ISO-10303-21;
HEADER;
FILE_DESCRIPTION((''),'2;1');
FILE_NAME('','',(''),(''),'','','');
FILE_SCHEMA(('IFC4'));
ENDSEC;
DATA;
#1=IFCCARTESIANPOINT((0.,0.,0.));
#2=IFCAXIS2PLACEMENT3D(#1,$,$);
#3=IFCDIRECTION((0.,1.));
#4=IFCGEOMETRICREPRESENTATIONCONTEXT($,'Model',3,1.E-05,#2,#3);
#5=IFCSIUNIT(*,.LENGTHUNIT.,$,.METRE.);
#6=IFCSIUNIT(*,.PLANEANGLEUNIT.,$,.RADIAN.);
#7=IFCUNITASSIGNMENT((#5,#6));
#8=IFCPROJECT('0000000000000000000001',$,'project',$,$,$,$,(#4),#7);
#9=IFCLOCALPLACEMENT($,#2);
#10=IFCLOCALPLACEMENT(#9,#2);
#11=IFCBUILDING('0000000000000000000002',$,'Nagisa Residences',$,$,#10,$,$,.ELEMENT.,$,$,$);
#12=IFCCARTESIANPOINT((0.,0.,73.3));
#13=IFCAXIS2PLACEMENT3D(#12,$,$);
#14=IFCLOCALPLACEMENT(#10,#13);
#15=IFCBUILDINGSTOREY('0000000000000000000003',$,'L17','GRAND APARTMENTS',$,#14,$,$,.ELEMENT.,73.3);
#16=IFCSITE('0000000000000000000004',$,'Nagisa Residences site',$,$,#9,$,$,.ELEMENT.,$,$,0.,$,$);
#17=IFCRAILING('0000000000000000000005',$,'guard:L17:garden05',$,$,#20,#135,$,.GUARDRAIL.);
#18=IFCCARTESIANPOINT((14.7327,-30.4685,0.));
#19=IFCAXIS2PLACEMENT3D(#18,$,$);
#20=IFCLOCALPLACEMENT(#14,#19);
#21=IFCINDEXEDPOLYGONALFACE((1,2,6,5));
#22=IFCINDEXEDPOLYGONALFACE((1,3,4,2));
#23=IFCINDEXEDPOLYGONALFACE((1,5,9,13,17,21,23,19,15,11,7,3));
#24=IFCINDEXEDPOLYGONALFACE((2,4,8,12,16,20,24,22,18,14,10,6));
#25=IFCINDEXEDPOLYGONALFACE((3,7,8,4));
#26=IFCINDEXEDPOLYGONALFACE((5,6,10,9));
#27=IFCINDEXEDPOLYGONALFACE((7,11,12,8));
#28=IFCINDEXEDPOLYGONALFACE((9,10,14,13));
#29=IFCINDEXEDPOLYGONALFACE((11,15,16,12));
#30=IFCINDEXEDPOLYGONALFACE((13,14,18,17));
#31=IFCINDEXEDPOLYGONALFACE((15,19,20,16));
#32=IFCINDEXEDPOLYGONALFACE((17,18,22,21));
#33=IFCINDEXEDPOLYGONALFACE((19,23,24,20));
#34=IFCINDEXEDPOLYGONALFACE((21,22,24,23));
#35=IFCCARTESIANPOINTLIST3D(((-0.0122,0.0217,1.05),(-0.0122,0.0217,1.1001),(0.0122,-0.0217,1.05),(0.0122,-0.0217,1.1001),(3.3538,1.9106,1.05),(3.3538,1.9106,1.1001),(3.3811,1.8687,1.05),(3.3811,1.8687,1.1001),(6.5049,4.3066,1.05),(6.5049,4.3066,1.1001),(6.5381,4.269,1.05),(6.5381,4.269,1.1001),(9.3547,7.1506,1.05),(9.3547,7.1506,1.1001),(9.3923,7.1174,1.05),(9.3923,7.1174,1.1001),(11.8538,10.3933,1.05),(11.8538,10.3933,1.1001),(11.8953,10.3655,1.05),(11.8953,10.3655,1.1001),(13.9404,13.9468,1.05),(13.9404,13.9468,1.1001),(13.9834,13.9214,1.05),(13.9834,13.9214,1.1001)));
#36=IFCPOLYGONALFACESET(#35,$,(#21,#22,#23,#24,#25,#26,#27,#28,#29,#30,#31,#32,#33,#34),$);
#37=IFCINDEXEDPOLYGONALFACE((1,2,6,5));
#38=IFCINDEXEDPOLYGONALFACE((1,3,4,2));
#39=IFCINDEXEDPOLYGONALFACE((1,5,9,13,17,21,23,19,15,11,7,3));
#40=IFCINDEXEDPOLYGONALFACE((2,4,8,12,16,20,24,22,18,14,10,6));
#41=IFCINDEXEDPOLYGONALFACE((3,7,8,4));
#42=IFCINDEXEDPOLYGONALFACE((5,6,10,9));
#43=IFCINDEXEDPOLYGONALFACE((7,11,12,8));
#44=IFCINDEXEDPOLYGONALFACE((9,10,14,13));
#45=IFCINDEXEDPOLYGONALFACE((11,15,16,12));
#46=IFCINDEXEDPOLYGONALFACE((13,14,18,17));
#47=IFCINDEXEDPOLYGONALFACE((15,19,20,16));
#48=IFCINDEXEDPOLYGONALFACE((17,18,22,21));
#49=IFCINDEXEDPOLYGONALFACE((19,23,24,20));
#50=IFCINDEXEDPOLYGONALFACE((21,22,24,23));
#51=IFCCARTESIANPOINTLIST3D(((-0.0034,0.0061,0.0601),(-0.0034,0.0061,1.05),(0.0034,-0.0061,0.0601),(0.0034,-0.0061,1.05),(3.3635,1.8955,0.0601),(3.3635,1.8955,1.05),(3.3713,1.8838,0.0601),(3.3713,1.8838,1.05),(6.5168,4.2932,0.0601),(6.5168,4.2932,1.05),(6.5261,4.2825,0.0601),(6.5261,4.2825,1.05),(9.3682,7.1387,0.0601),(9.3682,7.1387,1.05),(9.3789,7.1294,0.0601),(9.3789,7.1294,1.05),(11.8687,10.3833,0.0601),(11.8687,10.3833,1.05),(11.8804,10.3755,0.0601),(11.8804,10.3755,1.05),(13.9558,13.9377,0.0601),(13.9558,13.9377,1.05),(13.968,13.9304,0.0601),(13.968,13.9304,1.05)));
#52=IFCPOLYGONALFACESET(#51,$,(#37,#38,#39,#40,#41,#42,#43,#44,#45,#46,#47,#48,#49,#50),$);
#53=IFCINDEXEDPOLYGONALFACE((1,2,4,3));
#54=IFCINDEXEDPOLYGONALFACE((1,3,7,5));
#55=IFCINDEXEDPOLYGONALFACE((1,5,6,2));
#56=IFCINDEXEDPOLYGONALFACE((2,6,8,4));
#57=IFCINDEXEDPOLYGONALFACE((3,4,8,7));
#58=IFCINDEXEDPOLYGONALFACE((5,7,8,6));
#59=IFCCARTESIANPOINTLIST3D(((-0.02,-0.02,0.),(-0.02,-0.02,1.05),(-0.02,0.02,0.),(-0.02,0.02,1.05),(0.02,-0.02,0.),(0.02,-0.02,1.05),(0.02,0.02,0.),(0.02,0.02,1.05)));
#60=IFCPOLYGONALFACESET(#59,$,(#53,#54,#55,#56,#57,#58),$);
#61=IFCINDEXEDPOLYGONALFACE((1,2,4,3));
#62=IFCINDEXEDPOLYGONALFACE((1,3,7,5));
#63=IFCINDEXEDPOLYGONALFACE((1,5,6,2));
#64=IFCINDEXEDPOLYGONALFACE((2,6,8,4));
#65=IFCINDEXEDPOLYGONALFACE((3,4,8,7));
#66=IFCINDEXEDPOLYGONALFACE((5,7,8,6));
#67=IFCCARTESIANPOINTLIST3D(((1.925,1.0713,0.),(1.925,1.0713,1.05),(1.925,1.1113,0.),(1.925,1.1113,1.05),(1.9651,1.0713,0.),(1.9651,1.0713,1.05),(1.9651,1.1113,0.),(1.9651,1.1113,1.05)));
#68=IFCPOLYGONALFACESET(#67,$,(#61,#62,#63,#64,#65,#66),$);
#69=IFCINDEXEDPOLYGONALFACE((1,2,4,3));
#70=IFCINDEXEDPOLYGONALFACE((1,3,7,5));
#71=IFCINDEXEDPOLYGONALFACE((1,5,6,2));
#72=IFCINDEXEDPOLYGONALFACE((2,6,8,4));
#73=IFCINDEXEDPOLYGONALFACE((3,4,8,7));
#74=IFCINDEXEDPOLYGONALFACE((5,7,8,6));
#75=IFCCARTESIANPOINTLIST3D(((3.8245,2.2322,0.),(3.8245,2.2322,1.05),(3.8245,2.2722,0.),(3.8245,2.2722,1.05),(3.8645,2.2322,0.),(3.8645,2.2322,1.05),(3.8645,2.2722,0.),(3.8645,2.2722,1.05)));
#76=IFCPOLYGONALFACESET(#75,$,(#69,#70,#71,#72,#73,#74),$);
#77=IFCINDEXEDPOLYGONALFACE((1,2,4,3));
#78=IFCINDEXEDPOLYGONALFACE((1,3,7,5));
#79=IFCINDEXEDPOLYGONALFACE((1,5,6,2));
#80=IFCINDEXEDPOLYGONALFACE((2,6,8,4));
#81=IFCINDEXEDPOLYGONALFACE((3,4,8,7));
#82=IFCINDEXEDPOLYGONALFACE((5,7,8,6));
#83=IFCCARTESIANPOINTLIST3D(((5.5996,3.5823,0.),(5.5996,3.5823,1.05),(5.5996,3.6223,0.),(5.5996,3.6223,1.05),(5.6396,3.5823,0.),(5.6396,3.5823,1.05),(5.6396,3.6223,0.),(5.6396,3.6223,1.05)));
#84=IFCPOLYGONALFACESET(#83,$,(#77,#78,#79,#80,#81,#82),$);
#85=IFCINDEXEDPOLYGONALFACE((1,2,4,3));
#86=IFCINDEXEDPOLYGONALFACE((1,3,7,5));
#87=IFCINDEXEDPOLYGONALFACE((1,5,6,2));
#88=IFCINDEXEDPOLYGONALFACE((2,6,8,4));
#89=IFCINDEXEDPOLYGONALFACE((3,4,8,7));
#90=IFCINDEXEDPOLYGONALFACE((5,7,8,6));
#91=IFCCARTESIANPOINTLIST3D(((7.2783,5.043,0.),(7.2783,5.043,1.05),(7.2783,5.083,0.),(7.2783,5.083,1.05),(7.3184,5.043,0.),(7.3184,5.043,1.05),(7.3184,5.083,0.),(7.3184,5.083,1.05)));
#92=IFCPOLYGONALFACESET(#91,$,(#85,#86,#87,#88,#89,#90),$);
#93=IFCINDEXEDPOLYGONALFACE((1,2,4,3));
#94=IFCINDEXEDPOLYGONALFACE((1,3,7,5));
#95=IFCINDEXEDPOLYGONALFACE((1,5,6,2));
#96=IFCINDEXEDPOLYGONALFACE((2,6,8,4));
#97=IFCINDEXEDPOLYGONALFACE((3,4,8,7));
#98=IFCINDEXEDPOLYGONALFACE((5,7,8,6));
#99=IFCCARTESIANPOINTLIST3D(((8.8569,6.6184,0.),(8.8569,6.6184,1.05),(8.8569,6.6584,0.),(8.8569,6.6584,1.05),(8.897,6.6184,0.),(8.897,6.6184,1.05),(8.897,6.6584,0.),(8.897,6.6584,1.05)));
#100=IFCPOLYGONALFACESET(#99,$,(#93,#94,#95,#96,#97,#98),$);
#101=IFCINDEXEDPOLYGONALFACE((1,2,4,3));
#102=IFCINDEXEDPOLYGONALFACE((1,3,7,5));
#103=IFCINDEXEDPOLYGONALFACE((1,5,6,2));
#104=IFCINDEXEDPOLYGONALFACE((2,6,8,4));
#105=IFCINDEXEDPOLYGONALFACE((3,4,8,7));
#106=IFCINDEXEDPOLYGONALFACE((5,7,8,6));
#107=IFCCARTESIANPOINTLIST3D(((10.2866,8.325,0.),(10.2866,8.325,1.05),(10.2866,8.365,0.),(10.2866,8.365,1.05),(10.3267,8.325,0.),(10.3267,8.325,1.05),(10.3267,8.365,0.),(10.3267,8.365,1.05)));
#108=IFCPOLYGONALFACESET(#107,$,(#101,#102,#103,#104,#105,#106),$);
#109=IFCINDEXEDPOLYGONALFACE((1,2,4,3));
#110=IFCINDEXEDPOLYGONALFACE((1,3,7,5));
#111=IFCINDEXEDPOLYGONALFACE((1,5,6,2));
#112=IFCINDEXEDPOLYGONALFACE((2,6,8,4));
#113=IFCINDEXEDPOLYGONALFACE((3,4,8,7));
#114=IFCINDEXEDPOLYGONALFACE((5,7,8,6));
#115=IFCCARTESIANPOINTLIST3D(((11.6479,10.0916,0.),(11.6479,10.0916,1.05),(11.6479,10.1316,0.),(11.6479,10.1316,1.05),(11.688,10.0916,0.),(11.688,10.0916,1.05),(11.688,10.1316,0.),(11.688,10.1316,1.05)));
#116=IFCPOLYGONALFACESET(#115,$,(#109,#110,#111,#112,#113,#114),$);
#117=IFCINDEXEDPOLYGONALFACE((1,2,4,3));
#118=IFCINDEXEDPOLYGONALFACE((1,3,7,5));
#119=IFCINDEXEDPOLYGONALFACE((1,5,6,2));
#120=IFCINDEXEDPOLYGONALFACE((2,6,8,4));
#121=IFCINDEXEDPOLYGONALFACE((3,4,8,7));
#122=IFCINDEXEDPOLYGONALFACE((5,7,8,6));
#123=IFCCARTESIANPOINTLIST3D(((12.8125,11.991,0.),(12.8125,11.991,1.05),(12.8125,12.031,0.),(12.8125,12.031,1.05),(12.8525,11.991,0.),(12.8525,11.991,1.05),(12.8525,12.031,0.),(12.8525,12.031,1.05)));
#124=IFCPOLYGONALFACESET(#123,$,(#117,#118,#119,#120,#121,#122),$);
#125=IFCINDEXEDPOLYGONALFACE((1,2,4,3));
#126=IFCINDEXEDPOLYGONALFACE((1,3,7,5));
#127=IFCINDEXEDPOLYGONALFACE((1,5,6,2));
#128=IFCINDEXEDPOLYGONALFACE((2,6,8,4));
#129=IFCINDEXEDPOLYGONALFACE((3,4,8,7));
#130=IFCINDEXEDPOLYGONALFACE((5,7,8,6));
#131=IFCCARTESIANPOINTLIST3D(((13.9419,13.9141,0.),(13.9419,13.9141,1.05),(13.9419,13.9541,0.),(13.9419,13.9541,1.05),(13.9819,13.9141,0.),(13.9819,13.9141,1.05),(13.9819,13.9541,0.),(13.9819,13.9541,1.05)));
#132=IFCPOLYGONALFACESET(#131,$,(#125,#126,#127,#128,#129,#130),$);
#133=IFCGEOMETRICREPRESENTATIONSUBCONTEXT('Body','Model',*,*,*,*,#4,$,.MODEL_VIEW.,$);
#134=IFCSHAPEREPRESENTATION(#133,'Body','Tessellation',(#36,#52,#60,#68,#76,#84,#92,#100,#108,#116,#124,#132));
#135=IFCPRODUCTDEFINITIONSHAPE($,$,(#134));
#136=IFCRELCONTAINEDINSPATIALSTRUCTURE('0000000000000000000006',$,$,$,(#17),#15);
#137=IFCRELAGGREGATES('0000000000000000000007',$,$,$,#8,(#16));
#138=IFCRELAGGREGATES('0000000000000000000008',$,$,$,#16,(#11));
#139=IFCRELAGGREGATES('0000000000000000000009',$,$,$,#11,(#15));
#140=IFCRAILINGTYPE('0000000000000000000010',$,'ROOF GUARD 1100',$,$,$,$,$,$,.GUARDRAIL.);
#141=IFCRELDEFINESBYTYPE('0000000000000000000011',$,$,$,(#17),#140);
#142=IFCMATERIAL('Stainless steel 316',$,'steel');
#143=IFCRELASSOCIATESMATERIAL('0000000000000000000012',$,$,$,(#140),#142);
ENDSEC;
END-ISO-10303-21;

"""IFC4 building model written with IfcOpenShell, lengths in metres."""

from ifc_helpers import new_model, si_unit, direction, frame, origin, origin_2d, place, context, subcontext, project, spatial, polyline, rectangle, outline, extrude, material, type_object, element, save


model = new_model("IFC4")

# Units and contexts
model_context = context("Model", 3, precision=1e-05, world=origin(), true_north=direction((0.0, 1.0)))
body_context = subcontext(model_context, "Body", "Model", "MODEL_VIEW")
ifc_project = project(units=[si_unit("LENGTHUNIT", "METRE"), si_unit("PLANEANGLEUNIT", "RADIAN")], contexts=[model_context])

# Site, building, storey
site_placement = place(None, origin())
site = spatial("IfcSite", under=ifc_project, at=site_placement, Name="Nagisa Residences site", CompositionType="ELEMENT", RefElevation=0.0)
building_placement = place(site_placement, origin())
building = spatial("IfcBuilding", under=site, at=building_placement, Name="Nagisa Residences", CompositionType="ELEMENT")
storey_placement = place(building_placement, frame((0.0, 0.0, 73.3)))
storey = spatial("IfcBuildingStorey", under=building, at=storey_placement, Name="L17", Description="GRAND APARTMENTS", CompositionType="ELEMENT", Elevation=73.3)

# Railing
ifc_material_1 = material(Name="Stainless steel 316", Category="steel")
railing_type = type_object("IfcRailingType", Name="ROOF GUARD 1100", PredefinedType="GUARDRAIL", material=ifc_material_1)
railing_1_placement = place(storey_placement, frame((14.7327, -30.4685, 0.0)))
element("IfcRailing", 1, at=railing_1_placement, inside=storey, type_object=railing_type, Name="guard:L17:garden05", PredefinedType="GUARDRAIL", context=body_context, shape_type="SweptSolid", body=[
    extrude(outline(polyline([(3.3538, 1.9106), (-0.0122, 0.0217), (0.0122, -0.0217), (3.3811, 1.8687), (6.5381, 4.269), (9.3923, 7.1174), (11.8953, 10.3655), (13.9834, 13.9214), (13.9404, 13.9468), (11.8538, 10.3933), (9.3547, 7.1506), (6.5049, 4.3066), (3.3538, 1.9106)])), frame((0.0, 0.0, 1.05)), (0.0, 0.0, 1.0), 0.05),
    extrude(outline(polyline([(3.3635, 1.8955), (-0.0034, 0.0061), (0.0034, -0.0061), (3.3713, 1.8838), (6.5261, 4.2825), (9.3789, 7.1294), (11.8804, 10.3755), (13.968, 13.9304), (13.9558, 13.9377), (11.8687, 10.3833), (9.3682, 7.1387), (6.5168, 4.2932), (3.3635, 1.8955)])), frame((0.0, 0.0, 0.0601)), (0.0, 0.0, 1.0), 0.99),
    extrude(rectangle(XDim=0.04, YDim=0.04, at=origin_2d()), origin(), (0.0, 0.0, 1.0), 1.05),
    extrude(rectangle(XDim=0.04, YDim=0.04, at=origin_2d()), frame((1.9451, 1.0913, 0.0)), (0.0, 0.0, 1.0), 1.05),
    extrude(rectangle(XDim=0.04, YDim=0.04, at=origin_2d()), frame((3.8445, 2.2522, 0.0)), (0.0, 0.0, 1.0), 1.05),
    extrude(rectangle(XDim=0.04, YDim=0.04, at=origin_2d()), frame((5.6196, 3.6023, 0.0)), (0.0, 0.0, 1.0), 1.05),
    extrude(rectangle(XDim=0.04, YDim=0.04, at=origin_2d()), frame((7.2983, 5.063, 0.0)), (0.0, 0.0, 1.0), 1.05),
    extrude(rectangle(XDim=0.04, YDim=0.04, at=origin_2d()), frame((8.877, 6.6384, 0.0)), (0.0, 0.0, 1.0), 1.05),
    extrude(rectangle(XDim=0.04, YDim=0.04, at=origin_2d()), frame((10.3066, 8.345, 0.0)), (0.0, 0.0, 1.0), 1.05),
    extrude(rectangle(XDim=0.04, YDim=0.04, at=origin_2d()), frame((11.668, 10.1116, 0.0)), (0.0, 0.0, 1.0), 1.05),
    extrude(rectangle(XDim=0.04, YDim=0.04, at=origin_2d()), frame((12.8325, 12.011, 0.0)), (0.0, 0.0, 1.0), 1.05),
    extrude(rectangle(XDim=0.04, YDim=0.04, at=origin_2d()), frame((13.9619, 13.9341, 0.0)), (0.0, 0.0, 1.0), 1.05),
])

save(model, "model.ifc")
